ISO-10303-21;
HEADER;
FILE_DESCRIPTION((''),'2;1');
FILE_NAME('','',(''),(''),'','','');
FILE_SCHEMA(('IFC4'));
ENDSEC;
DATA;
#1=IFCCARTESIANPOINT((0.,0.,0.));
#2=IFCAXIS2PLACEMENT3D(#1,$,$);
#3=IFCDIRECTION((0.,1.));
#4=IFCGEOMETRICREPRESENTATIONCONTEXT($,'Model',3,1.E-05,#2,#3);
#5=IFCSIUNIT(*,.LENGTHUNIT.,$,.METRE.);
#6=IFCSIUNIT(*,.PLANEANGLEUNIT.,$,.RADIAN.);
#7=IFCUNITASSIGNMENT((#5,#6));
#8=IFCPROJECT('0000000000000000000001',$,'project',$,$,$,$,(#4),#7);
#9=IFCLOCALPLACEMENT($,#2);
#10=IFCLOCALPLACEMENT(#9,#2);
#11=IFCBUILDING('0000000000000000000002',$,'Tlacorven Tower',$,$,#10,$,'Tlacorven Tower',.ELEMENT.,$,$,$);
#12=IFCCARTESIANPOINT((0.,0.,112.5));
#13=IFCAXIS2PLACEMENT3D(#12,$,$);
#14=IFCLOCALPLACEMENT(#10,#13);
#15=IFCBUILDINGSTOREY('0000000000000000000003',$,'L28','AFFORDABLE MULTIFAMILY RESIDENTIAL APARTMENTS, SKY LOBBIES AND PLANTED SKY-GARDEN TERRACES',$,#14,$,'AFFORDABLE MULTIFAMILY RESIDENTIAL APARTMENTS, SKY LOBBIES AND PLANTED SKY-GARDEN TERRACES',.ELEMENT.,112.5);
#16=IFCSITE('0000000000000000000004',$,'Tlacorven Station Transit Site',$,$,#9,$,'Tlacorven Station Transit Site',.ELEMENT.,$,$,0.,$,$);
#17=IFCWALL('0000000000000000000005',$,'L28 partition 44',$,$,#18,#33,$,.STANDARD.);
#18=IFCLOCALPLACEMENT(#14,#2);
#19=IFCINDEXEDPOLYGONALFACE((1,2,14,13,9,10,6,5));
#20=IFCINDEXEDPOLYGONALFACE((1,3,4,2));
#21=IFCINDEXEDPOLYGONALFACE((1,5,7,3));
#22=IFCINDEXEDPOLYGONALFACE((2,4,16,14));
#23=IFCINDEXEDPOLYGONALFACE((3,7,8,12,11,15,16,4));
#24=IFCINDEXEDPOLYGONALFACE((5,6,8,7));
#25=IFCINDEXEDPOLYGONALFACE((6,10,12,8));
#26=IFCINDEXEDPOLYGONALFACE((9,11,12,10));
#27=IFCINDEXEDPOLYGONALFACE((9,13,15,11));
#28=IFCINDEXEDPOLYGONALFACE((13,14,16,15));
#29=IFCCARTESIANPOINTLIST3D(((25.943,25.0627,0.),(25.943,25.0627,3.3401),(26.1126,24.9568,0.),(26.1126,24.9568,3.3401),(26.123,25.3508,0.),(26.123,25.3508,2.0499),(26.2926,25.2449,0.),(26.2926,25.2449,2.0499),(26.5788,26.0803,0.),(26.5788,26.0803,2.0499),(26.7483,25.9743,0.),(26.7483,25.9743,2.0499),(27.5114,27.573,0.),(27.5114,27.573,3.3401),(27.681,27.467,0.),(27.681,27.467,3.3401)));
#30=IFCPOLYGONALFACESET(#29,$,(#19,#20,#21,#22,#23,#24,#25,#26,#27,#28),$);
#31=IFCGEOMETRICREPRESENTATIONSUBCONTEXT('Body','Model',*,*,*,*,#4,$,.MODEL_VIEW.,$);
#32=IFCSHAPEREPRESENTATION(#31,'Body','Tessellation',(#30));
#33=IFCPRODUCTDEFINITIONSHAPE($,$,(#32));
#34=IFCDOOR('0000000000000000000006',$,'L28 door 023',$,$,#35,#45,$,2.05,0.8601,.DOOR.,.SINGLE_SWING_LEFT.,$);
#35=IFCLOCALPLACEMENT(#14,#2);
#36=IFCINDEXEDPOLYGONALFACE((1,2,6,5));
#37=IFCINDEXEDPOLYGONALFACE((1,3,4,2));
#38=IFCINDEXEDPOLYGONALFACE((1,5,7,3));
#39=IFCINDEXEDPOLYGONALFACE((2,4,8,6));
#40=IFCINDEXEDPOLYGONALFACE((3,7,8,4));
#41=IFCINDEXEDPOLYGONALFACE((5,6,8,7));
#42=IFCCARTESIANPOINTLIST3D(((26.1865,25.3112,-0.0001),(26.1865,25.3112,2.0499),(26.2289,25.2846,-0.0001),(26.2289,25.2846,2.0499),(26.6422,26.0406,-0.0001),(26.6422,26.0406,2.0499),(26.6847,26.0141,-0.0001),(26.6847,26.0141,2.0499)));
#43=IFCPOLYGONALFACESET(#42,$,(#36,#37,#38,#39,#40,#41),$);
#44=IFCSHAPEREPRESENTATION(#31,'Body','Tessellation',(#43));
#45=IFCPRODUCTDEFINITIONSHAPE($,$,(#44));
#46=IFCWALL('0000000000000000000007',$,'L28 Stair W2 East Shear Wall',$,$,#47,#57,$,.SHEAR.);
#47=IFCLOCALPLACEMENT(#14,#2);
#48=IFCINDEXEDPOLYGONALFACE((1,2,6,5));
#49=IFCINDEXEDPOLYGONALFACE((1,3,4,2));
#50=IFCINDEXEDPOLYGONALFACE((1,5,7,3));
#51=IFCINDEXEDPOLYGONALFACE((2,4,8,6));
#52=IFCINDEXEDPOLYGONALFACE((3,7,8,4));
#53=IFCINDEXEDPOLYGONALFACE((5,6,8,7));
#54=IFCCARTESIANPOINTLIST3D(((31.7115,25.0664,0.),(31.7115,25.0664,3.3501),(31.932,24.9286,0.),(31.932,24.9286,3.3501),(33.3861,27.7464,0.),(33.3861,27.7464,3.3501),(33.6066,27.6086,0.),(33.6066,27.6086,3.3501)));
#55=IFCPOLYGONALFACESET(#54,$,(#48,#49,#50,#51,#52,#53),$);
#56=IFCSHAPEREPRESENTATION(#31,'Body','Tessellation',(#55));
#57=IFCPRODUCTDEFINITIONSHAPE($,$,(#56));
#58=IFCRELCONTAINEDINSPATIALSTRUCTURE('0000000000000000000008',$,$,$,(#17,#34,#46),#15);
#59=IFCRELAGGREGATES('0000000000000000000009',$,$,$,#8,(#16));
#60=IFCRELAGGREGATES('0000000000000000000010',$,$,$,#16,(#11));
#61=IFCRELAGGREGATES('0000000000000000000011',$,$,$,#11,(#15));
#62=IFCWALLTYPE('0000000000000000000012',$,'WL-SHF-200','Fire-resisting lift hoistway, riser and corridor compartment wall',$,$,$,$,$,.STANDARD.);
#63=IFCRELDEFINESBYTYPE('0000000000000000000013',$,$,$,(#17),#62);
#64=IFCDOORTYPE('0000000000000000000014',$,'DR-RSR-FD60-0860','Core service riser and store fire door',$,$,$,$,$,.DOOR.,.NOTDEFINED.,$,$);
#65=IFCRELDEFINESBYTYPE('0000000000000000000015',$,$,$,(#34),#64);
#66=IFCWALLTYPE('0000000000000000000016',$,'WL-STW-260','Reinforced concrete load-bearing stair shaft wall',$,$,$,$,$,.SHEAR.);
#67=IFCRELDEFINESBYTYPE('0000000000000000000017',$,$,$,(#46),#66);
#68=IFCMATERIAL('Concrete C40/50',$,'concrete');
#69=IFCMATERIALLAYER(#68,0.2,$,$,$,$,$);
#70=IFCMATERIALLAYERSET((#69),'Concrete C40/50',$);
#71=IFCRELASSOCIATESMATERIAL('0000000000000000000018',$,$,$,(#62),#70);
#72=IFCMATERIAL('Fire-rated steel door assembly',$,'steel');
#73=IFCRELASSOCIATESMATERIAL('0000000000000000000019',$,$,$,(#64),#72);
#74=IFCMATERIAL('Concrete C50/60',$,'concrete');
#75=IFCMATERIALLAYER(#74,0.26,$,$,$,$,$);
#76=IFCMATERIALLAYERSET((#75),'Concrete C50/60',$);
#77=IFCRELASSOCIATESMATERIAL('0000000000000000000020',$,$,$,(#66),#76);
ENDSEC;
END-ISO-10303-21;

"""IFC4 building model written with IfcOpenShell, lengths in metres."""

from ifc_helpers import new_model, si_unit, direction, frame, frame_2d, origin, place, context, subcontext, project, spatial, rectangle, extrude, source, transform, mapped, material, layer, layer_set, type_object, element, fill, save


model = new_model("IFC4")

# Units and contexts
model_context = context("Model", 3, precision=1e-05, world=origin(), true_north=direction((0.0, 1.0)))
body_context = subcontext(model_context, "Body", "Model", "MODEL_VIEW")
ifc_project = project(units=[si_unit("LENGTHUNIT", "METRE"), si_unit("PLANEANGLEUNIT", "RADIAN")], contexts=[model_context])

# Site, building, storey
site_placement = place(None, origin())
site = spatial("IfcSite", under=ifc_project, at=site_placement, Name="Tlacorven Station Transit Site", LongName="Tlacorven Station Transit Site", CompositionType="ELEMENT", RefElevation=0.0)
building_placement = place(site_placement, origin())
building = spatial("IfcBuilding", under=site, at=building_placement, Name="Tlacorven Tower", LongName="Tlacorven Tower", CompositionType="ELEMENT")
storey_placement = place(building_placement, frame((0.0, 0.0, 112.5)))
storey = spatial("IfcBuildingStorey", under=building, at=storey_placement, Name="L28", Description="AFFORDABLE MULTIFAMILY RESIDENTIAL APARTMENTS, SKY LOBBIES AND PLANTED SKY-GARDEN TERRACES", LongName="AFFORDABLE MULTIFAMILY RESIDENTIAL APARTMENTS, SKY LOBBIES AND PLANTED SKY-GARDEN TERRACES", CompositionType="ELEMENT", Elevation=112.5)

# Shared definitions
ifc_material_1 = material(Name="Concrete C40/50", Category="concrete")
ifc_layer_1 = layer(ifc_material_1, 0.2)
ifc_layer_set_1 = layer_set([ifc_layer_1], Name="Concrete C40/50")
wall_type_1 = type_object("IfcWallType", Name="WL-SHF-200", Description="Fire-resisting lift hoistway, riser and corridor compartment wall", PredefinedType="STANDARD", material=ifc_layer_set_1)

# Wall, opening, door
wall_1_placement = place(storey_placement, frame((27.5962, 27.52, 0.0), z_axis=(0.0, 0.0, 1.0), x_axis=(-0.529865, -0.848082, 0.0)))
wall_1 = element("IfcWall", 1, at=wall_1_placement, inside=storey, type_object=wall_type_1, Name="L28 partition 44", PredefinedType="STANDARD", context=body_context, shape_type="SweptSolid", body=[
    extrude(rectangle(XDim=2.96, YDim=0.2, at=frame_2d((1.48, 0.0))), origin(), (0.0, 0.0, 1.0), 3.3401),
])
opening_placement = place(wall_1_placement, frame((1.76, 0.0, 0.0)))
opening = element("IfcOpeningElement", 2, at=opening_placement, cuts=wall_1, PredefinedType="OPENING", context=body_context, shape_type="SweptSolid", body=[
    extrude(rectangle(XDim=0.8601, YDim=2.05, at=frame_2d((0.4302, 1.0249))), frame((0.0, 0.1099, 0.0), z_axis=(0.0, -1.0, 0.0), x_axis=(1.0, 0.0, 0.0)), (0.0, 0.0, 1.0), 0.22),
])
ifc_material_2 = material(Name="Fire-rated steel door assembly", Category="steel")
door_type = type_object("IfcDoorType", Name="DR-RSR-FD60-0860", Description="Core service riser and store fire door", OperationType="NOTDEFINED", PredefinedType="DOOR", material=ifc_material_2)
shared_shape_1 = source(origin(), body_context, "Body", "SweptSolid", [
    extrude(rectangle(XDim=0.8601, YDim=2.05, at=frame_2d((0.4302, 1.0249))), frame((0.0, 0.0249, 0.0), z_axis=(0.0, -1.0, 0.0), x_axis=(1.0, 0.0, 0.0)), (0.0, 0.0, 1.0), 0.05),
])
door_placement = place(opening_placement, origin())
door = element("IfcDoor", 3, at=door_placement, inside=storey, type_object=door_type, Name="L28 door 023", OperationType="SINGLE_SWING_LEFT", OverallHeight=2.05, OverallWidth=0.8601, PredefinedType="DOOR", context=body_context, shape_type="MappedRepresentation", body=[
    mapped(shared_shape_1, transform((0.0, 0.0, 0.0), scale=1.0)),
])
fill(opening, door)

# Wall
ifc_material_3 = material(Name="Concrete C50/60", Category="concrete")
ifc_layer_2 = layer(ifc_material_3, 0.26)
ifc_layer_set_2 = layer_set([ifc_layer_2], Name="Concrete C50/60")
wall_type_2 = type_object("IfcWallType", Name="WL-STW-260", Description="Reinforced concrete load-bearing stair shaft wall", PredefinedType="SHEAR", material=ifc_layer_set_2)
wall_2_placement = place(storey_placement, frame((33.4963, 27.6775, 0.0), z_axis=(0.0, 0.0, 1.0), x_axis=(-0.529909, -0.848055, 0.0)))
element("IfcWall", 4, at=wall_2_placement, inside=storey, type_object=wall_type_2, Name="L28 Stair W2 East Shear Wall", PredefinedType="SHEAR", context=body_context, shape_type="SweptSolid", body=[
    extrude(rectangle(XDim=3.1602, YDim=0.26, at=frame_2d((1.5801, 0.0))), origin(), (0.0, 0.0, 1.0), 3.3501),
])

save(model, "model.ifc")
